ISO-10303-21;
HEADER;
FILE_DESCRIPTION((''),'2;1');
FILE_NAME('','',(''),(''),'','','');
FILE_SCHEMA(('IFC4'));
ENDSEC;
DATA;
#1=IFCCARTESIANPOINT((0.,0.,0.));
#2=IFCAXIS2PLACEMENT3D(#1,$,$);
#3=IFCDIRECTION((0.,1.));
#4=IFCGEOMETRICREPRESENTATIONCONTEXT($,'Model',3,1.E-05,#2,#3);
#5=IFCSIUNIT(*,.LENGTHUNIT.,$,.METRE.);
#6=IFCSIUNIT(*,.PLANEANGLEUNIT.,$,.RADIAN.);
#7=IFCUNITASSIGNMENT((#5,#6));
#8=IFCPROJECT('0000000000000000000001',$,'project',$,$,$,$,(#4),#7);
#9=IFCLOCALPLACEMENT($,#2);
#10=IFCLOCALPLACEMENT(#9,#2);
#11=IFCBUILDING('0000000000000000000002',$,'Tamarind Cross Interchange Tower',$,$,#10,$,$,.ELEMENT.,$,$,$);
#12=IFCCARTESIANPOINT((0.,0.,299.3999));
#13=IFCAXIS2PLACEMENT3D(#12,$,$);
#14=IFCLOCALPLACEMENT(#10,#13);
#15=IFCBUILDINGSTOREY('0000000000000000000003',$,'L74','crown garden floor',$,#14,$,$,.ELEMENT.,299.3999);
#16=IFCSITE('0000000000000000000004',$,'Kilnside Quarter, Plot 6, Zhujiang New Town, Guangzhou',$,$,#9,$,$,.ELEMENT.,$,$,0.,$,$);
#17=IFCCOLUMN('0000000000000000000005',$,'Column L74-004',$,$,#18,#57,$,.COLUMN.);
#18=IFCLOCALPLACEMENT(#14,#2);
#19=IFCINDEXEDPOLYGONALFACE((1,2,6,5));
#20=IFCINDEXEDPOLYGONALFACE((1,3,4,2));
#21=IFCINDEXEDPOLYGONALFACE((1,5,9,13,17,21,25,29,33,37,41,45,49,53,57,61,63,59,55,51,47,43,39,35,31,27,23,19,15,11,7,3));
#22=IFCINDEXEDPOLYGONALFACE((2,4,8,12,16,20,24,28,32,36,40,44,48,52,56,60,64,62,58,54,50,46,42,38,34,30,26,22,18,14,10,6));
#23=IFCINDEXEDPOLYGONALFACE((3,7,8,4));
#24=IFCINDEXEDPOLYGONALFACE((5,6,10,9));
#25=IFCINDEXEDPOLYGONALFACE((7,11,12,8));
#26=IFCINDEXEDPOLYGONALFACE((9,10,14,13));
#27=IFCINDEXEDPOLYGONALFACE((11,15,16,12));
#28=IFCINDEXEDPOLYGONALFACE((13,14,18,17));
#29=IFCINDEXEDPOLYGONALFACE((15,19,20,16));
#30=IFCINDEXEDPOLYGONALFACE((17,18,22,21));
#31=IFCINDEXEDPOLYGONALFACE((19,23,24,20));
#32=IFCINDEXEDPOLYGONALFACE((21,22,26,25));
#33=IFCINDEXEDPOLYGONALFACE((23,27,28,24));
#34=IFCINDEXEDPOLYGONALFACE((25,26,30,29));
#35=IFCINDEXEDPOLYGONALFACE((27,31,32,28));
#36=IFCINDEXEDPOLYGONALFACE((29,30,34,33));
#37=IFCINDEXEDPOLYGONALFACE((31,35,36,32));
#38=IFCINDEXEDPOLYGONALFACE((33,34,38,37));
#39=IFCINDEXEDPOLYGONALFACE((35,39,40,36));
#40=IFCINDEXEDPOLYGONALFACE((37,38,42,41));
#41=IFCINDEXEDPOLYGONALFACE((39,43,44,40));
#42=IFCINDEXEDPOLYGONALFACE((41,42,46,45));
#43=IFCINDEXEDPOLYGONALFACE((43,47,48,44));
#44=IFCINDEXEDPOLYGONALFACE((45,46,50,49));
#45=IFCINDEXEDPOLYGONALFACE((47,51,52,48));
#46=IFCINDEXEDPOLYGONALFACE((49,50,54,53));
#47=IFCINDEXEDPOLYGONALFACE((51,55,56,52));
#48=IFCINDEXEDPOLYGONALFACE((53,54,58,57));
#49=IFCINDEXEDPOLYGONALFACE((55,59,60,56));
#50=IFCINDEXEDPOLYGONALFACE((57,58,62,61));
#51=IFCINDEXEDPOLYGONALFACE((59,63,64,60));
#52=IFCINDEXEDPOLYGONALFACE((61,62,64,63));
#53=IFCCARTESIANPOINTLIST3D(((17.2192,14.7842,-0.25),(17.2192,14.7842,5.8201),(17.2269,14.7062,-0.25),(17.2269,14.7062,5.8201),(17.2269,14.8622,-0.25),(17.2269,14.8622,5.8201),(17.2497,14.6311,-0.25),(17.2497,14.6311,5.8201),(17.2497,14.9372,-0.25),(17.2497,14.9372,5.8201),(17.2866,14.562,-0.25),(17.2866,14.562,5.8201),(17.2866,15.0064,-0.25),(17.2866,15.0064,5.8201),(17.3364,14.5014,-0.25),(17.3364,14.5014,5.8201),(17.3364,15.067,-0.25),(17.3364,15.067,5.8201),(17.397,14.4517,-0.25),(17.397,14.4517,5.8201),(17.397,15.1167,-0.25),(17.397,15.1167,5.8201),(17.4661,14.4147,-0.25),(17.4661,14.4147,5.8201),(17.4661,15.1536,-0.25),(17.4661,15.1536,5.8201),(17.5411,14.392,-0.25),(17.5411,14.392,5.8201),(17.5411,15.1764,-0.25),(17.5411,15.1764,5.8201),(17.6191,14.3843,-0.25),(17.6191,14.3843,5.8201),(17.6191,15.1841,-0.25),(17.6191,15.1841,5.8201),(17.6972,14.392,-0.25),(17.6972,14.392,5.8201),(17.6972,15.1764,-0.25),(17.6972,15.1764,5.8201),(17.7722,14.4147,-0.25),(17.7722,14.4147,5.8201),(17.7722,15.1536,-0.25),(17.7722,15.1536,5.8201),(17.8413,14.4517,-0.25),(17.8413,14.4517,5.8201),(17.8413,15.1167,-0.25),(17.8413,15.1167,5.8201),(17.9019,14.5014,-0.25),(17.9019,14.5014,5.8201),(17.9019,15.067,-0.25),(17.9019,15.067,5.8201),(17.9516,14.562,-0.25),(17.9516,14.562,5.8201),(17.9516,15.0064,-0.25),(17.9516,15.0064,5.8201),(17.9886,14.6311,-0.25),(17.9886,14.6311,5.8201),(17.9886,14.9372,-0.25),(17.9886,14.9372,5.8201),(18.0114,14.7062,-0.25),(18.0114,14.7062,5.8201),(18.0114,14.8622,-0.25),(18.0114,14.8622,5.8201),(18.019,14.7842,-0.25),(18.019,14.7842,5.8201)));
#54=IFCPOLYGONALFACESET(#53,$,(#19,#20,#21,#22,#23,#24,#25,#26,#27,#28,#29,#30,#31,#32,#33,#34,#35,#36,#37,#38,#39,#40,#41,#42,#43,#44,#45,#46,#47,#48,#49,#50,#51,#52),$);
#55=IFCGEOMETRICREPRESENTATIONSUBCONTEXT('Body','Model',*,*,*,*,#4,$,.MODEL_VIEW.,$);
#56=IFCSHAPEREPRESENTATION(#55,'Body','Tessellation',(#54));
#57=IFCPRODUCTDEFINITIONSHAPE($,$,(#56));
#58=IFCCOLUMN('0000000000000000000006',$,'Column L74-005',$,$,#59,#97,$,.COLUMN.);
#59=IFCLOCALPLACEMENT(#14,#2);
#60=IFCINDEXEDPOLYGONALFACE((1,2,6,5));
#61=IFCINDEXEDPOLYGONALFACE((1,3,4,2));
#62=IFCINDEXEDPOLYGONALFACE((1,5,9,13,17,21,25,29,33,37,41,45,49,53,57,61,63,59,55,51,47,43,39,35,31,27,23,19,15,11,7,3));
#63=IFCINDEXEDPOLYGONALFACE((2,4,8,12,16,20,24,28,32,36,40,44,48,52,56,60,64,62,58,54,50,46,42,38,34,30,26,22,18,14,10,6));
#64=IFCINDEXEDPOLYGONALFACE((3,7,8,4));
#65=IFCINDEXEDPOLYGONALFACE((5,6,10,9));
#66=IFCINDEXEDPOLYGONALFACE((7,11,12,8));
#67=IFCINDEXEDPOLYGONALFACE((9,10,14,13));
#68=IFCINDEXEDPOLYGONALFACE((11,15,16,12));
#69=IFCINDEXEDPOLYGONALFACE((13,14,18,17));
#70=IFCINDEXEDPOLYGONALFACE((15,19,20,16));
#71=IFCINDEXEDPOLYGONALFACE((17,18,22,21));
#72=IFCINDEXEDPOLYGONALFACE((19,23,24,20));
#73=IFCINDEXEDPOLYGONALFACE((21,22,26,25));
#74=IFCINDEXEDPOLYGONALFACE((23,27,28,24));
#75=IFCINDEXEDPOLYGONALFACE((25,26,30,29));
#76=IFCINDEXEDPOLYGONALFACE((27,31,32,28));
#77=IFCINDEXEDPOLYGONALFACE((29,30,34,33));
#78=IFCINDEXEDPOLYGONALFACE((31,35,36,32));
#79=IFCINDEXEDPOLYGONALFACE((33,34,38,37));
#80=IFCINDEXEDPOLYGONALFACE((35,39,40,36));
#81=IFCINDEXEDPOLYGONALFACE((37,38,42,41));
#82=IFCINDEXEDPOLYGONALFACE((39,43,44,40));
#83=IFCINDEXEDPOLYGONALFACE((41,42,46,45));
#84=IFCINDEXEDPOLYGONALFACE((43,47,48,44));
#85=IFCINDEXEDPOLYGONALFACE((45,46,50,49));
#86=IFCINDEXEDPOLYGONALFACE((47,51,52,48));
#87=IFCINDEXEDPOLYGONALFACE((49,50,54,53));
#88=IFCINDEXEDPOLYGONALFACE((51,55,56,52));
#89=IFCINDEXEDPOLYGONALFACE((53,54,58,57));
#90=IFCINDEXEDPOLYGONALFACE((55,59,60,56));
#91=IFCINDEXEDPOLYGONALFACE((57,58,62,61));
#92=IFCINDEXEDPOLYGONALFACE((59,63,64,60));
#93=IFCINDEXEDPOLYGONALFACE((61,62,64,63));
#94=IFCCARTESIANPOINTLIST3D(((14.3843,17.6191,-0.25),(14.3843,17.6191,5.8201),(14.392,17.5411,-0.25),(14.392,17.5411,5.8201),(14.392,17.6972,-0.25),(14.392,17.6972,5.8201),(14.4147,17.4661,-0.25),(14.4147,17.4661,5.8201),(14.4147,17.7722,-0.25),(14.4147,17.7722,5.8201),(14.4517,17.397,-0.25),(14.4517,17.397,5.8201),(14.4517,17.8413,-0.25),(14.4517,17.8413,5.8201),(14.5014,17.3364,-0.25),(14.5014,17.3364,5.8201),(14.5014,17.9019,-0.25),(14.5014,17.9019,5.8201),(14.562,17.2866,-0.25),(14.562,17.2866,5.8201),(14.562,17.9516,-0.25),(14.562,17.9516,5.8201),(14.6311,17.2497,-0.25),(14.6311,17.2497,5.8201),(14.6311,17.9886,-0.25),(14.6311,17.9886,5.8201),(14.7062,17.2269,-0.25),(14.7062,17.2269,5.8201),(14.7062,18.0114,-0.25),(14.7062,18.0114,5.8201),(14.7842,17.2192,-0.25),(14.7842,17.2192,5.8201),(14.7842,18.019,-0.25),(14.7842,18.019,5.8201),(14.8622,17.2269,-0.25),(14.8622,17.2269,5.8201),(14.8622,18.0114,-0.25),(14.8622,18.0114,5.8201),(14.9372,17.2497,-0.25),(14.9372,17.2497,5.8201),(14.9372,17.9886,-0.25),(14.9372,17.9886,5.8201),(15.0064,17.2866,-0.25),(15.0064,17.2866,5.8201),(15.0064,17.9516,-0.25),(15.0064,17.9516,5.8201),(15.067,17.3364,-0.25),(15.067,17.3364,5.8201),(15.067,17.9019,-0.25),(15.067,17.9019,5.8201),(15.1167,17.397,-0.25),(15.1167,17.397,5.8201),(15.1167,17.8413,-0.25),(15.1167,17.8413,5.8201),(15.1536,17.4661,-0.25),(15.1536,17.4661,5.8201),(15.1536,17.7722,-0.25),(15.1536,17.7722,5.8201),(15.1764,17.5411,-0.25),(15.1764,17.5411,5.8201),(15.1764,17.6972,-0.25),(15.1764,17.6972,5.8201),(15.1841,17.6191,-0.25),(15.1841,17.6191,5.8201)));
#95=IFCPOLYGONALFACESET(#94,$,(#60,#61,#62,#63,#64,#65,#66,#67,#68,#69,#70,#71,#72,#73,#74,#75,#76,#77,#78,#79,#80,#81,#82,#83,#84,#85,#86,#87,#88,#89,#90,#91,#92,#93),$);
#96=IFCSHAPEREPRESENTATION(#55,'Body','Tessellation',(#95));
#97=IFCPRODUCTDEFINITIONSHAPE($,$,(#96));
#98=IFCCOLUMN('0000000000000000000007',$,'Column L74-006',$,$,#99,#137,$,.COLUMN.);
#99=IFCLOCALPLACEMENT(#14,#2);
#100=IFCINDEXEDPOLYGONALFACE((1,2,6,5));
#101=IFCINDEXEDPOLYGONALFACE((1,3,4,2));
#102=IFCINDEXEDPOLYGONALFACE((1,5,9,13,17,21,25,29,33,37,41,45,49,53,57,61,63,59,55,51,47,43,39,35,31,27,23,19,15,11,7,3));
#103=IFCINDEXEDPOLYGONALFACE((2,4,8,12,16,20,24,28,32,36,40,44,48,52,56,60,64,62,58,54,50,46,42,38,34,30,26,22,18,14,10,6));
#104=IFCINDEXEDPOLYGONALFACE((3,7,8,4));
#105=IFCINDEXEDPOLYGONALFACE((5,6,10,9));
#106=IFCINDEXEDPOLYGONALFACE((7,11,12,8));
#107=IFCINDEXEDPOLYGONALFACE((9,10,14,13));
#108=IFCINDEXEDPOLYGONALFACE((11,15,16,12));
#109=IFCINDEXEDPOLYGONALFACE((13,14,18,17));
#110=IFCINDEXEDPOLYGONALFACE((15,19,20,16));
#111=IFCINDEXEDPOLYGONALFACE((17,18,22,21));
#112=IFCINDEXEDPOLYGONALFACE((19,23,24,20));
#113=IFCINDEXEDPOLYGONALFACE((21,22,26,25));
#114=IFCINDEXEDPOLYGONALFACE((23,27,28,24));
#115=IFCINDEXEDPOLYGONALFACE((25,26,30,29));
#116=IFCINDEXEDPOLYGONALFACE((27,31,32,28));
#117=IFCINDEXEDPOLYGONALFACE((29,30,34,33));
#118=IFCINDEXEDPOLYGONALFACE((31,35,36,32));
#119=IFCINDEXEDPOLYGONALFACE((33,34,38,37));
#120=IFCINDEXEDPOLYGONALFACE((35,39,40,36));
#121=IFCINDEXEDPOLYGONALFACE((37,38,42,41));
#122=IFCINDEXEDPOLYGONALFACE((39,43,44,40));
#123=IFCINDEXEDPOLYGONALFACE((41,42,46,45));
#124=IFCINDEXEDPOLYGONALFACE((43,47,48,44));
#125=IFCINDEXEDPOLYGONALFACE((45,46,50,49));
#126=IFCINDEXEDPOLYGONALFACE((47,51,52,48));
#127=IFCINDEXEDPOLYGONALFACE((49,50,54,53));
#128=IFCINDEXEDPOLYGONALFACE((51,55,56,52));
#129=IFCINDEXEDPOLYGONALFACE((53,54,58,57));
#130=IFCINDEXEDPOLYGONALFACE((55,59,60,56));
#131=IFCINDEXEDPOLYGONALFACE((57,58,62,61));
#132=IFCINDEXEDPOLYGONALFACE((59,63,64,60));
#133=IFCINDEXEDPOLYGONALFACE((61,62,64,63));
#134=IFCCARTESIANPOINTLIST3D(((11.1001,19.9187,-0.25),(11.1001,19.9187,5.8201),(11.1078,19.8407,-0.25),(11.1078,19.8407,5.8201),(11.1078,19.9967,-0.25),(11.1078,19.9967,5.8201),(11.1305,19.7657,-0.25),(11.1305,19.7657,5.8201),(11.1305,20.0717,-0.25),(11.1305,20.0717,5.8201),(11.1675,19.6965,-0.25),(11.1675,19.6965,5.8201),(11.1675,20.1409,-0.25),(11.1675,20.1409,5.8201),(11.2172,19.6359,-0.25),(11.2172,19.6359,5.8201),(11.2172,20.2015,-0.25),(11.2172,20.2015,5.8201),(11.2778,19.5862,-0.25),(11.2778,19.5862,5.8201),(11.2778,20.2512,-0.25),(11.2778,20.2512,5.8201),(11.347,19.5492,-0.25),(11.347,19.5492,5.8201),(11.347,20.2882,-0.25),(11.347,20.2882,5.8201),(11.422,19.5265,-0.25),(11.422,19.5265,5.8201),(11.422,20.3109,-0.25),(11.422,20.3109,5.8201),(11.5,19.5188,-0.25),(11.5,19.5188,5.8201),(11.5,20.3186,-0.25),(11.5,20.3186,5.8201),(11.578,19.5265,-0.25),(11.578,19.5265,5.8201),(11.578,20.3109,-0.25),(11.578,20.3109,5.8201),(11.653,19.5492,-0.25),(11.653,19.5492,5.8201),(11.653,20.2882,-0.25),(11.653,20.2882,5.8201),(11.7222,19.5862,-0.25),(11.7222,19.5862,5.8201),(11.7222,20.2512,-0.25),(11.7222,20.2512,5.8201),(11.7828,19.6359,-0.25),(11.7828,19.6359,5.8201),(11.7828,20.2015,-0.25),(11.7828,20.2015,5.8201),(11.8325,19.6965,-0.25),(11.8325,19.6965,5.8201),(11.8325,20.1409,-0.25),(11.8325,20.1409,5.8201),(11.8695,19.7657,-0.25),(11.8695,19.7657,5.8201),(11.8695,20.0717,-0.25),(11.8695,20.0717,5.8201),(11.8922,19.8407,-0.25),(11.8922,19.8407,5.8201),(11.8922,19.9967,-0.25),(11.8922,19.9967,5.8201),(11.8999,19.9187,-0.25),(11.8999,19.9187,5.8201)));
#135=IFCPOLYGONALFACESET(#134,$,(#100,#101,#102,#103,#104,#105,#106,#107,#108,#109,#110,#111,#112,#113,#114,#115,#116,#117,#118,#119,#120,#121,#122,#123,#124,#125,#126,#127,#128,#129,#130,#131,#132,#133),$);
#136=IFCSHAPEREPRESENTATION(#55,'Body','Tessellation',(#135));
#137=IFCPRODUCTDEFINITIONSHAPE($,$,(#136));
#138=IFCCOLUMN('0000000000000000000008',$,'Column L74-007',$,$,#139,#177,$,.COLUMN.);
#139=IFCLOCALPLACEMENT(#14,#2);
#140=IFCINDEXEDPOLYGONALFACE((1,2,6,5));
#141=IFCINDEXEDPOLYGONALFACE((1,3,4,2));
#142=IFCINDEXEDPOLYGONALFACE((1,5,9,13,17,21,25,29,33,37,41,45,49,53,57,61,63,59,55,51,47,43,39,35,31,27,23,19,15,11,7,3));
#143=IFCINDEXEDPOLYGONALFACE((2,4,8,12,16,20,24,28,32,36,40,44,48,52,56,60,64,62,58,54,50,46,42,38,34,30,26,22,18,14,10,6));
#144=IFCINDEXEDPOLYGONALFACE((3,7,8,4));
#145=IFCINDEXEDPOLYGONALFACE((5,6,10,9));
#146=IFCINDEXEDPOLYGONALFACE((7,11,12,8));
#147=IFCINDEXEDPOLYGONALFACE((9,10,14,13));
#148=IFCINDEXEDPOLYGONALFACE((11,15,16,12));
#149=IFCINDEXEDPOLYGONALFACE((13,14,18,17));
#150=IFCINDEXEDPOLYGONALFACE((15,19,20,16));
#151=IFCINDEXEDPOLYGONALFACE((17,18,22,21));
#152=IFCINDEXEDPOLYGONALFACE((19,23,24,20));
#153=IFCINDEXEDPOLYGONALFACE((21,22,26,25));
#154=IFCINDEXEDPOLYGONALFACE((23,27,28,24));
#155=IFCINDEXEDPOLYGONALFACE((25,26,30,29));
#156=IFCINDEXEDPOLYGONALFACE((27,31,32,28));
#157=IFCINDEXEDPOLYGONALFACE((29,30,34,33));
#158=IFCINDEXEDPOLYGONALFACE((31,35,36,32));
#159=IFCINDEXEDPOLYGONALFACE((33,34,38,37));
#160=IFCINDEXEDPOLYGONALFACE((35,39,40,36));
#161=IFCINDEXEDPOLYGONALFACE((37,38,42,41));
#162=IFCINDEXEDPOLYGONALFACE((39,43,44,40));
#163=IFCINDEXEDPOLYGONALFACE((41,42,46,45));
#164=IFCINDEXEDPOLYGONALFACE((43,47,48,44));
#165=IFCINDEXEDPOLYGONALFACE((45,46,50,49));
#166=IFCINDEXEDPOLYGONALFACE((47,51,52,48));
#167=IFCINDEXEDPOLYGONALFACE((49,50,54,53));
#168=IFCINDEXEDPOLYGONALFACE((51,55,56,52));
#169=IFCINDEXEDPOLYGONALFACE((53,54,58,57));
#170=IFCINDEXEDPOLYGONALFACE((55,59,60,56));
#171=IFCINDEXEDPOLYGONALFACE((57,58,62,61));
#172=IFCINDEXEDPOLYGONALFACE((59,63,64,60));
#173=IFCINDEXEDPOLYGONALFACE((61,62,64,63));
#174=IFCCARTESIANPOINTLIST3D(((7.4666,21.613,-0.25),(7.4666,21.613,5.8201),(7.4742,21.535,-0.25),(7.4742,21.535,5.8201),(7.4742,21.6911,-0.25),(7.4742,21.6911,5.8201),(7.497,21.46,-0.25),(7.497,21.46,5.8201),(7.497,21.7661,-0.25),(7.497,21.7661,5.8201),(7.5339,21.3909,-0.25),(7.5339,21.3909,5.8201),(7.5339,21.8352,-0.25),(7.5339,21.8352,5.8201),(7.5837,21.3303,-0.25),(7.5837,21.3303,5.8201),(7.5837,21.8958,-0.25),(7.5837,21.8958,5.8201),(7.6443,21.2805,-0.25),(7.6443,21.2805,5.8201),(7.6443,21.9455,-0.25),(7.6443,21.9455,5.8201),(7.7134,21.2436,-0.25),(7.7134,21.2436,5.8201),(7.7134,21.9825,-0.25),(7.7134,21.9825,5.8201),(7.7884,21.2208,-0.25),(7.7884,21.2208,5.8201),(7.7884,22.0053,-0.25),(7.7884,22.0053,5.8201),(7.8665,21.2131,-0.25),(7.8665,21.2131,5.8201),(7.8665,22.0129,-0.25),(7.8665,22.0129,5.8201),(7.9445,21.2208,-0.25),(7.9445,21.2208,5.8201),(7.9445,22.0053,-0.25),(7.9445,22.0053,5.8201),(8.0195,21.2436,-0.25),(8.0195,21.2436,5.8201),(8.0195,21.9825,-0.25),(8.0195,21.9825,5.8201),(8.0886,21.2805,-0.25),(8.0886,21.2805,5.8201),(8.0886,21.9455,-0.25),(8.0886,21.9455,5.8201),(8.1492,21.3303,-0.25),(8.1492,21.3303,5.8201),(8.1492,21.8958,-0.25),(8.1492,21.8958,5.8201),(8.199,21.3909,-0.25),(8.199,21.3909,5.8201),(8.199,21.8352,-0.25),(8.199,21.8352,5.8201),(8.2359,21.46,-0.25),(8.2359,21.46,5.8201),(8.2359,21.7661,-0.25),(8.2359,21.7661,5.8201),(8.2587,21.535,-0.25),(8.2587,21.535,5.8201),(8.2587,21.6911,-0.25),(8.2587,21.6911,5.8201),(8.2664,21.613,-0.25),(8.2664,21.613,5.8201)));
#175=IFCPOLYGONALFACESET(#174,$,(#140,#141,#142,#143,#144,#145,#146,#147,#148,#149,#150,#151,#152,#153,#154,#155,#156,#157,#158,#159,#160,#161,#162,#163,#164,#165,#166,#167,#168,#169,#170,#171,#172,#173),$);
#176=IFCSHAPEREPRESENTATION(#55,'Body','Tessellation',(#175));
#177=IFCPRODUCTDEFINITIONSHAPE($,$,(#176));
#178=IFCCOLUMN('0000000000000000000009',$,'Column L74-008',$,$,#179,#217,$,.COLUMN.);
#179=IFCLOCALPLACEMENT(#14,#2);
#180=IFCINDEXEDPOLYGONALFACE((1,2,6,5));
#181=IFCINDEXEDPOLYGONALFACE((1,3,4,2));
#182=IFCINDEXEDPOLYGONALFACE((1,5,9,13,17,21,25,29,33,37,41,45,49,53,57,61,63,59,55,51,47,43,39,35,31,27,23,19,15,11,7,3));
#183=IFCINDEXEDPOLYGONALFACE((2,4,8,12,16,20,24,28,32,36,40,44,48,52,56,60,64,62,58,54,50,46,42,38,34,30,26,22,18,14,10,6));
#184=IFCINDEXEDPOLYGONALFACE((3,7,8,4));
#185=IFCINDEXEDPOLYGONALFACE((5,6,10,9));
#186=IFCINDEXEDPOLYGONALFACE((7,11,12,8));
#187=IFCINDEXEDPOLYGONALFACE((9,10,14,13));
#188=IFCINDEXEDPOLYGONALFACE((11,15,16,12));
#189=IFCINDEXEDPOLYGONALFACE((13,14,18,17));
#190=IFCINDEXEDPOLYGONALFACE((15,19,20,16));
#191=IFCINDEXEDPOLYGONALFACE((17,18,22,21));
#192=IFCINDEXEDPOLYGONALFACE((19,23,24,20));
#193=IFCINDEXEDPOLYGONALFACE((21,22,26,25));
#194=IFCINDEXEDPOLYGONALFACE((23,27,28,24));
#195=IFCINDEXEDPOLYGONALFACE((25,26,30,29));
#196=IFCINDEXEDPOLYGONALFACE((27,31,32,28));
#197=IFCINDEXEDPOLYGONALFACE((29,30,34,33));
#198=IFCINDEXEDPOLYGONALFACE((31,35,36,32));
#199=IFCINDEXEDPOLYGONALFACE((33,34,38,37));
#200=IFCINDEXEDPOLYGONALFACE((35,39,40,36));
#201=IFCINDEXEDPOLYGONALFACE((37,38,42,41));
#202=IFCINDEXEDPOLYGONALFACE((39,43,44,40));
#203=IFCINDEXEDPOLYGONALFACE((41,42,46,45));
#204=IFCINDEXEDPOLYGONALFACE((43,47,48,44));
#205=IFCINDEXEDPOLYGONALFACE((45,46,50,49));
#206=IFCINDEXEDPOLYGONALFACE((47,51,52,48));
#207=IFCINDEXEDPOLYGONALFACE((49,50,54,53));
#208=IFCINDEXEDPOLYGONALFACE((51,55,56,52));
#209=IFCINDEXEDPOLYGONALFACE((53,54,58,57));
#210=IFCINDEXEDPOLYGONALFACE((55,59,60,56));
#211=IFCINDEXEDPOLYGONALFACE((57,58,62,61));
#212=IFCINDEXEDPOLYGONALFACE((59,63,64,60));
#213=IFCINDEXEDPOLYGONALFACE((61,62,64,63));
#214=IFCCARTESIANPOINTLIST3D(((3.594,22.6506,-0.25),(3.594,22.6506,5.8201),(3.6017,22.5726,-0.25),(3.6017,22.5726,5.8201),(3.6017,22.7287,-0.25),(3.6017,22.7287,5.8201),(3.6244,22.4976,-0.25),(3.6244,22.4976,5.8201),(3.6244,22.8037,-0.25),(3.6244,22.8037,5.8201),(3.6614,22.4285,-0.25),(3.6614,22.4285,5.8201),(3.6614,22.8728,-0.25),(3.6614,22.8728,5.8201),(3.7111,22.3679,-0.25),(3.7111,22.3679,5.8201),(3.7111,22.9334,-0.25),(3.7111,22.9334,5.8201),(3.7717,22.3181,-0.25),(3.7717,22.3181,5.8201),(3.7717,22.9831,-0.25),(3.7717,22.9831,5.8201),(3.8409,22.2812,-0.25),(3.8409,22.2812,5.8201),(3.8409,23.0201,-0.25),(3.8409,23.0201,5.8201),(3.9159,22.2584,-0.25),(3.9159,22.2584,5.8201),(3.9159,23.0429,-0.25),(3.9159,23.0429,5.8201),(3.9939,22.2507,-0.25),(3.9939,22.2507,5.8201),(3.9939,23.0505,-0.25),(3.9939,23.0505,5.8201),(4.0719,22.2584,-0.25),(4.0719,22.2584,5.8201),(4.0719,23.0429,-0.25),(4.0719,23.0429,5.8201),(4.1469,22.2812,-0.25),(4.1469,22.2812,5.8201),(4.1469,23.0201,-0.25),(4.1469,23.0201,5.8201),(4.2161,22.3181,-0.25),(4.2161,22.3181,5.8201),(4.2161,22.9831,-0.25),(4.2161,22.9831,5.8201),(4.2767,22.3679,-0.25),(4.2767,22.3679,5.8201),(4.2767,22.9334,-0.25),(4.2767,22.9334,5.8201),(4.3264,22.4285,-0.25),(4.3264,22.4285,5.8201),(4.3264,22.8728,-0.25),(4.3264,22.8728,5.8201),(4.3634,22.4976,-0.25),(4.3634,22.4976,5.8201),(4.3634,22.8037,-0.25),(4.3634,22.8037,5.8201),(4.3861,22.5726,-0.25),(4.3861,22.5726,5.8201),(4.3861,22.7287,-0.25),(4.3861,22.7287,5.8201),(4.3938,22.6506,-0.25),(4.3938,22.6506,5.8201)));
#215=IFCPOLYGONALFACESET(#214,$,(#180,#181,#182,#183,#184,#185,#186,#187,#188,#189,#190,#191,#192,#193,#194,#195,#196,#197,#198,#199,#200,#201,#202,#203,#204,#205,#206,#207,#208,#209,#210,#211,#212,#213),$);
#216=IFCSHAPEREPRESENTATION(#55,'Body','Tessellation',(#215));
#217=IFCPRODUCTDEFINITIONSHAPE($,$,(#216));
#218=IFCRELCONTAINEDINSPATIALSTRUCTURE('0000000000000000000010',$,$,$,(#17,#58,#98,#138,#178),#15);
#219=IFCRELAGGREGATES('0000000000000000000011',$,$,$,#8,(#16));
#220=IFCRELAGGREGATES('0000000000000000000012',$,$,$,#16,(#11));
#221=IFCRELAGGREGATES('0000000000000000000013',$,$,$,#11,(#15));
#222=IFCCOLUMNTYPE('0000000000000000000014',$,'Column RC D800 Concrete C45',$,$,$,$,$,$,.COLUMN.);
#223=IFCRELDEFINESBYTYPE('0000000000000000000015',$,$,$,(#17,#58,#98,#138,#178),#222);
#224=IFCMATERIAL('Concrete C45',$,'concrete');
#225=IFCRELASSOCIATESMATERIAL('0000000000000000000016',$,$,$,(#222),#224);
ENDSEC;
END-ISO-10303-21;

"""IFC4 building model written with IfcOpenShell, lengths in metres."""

from ifc_helpers import new_model, si_unit, direction, frame, origin, origin_2d, place, context, subcontext, project, spatial, circle, extrude, material, material_profile, profile_set, type_object, element, save


model = new_model("IFC4")

# Units and contexts
model_context = context("Model", 3, precision=1e-05, world=origin(), true_north=direction((0.0, 1.0)))
body_context = subcontext(model_context, "Body", "Model", "MODEL_VIEW")
ifc_project = project(units=[si_unit("LENGTHUNIT", "METRE"), si_unit("PLANEANGLEUNIT", "RADIAN")], contexts=[model_context])

# Site, building, storey
site_placement = place(None, origin())
site = spatial("IfcSite", under=ifc_project, at=site_placement, Name="Kilnside Quarter, Plot 6, Zhujiang New Town, Guangzhou", CompositionType="ELEMENT", RefElevation=0.0)
building_placement = place(site_placement, origin())
building = spatial("IfcBuilding", under=site, at=building_placement, Name="Tamarind Cross Interchange Tower", CompositionType="ELEMENT")
storey_placement = place(building_placement, frame((0.0, 0.0, 299.3999)))
storey = spatial("IfcBuildingStorey", under=building, at=storey_placement, Name="L74", Description="crown garden floor", CompositionType="ELEMENT", Elevation=299.3999)

# Columns
ifc_material_1 = material(Name="Concrete C45", Category="concrete")
ifc_material_profile_1 = material_profile(ifc_material_1, circle(Radius=0.3999, at=origin_2d()), Name="RC D800")
ifc_profile_set_1 = profile_set([ifc_material_profile_1], Name="Concrete C45")
column_type = type_object("IfcColumnType", Name="Column RC D800 Concrete C45", PredefinedType="COLUMN", material=ifc_profile_set_1)
for number, where, z_axis, x_axis, name in (
    (1, (17.6191, 14.7842, -0.25), (0.0, 0.0, 1.0), (1.0, 0.0, 0.0), "Column L74-004"),
    (2, (14.7842, 17.6191, -0.25), (0.0, 0.0, 1.0), (1.0, 0.0, 0.0), "Column L74-005"),
    (3, (11.5, 19.9187, -0.25), (0.0, 0.0, 1.0), (1.0, 0.0, 0.0), "Column L74-006"),
    (4, (7.8665, 21.613, -0.25), (0.0, 0.0, 1.0), (1.0, 0.0, 0.0), "Column L74-007"),
    (5, (3.9939, 22.6506, -0.25), (0.0, 0.0, 1.0), (1.0, 0.0, 0.0), "Column L74-008"),
):
    element("IfcColumn", number, at=place(storey_placement, frame(where, z_axis=z_axis, x_axis=x_axis)), inside=storey, type_object=column_type, Name=name, PredefinedType="COLUMN", context=body_context, shape_type="SweptSolid", body=[
        extrude(circle(Radius=0.3999, at=origin_2d()), origin(), (0.0, 0.0, 1.0), 6.0701),
    ])

save(model, "model.ifc")
